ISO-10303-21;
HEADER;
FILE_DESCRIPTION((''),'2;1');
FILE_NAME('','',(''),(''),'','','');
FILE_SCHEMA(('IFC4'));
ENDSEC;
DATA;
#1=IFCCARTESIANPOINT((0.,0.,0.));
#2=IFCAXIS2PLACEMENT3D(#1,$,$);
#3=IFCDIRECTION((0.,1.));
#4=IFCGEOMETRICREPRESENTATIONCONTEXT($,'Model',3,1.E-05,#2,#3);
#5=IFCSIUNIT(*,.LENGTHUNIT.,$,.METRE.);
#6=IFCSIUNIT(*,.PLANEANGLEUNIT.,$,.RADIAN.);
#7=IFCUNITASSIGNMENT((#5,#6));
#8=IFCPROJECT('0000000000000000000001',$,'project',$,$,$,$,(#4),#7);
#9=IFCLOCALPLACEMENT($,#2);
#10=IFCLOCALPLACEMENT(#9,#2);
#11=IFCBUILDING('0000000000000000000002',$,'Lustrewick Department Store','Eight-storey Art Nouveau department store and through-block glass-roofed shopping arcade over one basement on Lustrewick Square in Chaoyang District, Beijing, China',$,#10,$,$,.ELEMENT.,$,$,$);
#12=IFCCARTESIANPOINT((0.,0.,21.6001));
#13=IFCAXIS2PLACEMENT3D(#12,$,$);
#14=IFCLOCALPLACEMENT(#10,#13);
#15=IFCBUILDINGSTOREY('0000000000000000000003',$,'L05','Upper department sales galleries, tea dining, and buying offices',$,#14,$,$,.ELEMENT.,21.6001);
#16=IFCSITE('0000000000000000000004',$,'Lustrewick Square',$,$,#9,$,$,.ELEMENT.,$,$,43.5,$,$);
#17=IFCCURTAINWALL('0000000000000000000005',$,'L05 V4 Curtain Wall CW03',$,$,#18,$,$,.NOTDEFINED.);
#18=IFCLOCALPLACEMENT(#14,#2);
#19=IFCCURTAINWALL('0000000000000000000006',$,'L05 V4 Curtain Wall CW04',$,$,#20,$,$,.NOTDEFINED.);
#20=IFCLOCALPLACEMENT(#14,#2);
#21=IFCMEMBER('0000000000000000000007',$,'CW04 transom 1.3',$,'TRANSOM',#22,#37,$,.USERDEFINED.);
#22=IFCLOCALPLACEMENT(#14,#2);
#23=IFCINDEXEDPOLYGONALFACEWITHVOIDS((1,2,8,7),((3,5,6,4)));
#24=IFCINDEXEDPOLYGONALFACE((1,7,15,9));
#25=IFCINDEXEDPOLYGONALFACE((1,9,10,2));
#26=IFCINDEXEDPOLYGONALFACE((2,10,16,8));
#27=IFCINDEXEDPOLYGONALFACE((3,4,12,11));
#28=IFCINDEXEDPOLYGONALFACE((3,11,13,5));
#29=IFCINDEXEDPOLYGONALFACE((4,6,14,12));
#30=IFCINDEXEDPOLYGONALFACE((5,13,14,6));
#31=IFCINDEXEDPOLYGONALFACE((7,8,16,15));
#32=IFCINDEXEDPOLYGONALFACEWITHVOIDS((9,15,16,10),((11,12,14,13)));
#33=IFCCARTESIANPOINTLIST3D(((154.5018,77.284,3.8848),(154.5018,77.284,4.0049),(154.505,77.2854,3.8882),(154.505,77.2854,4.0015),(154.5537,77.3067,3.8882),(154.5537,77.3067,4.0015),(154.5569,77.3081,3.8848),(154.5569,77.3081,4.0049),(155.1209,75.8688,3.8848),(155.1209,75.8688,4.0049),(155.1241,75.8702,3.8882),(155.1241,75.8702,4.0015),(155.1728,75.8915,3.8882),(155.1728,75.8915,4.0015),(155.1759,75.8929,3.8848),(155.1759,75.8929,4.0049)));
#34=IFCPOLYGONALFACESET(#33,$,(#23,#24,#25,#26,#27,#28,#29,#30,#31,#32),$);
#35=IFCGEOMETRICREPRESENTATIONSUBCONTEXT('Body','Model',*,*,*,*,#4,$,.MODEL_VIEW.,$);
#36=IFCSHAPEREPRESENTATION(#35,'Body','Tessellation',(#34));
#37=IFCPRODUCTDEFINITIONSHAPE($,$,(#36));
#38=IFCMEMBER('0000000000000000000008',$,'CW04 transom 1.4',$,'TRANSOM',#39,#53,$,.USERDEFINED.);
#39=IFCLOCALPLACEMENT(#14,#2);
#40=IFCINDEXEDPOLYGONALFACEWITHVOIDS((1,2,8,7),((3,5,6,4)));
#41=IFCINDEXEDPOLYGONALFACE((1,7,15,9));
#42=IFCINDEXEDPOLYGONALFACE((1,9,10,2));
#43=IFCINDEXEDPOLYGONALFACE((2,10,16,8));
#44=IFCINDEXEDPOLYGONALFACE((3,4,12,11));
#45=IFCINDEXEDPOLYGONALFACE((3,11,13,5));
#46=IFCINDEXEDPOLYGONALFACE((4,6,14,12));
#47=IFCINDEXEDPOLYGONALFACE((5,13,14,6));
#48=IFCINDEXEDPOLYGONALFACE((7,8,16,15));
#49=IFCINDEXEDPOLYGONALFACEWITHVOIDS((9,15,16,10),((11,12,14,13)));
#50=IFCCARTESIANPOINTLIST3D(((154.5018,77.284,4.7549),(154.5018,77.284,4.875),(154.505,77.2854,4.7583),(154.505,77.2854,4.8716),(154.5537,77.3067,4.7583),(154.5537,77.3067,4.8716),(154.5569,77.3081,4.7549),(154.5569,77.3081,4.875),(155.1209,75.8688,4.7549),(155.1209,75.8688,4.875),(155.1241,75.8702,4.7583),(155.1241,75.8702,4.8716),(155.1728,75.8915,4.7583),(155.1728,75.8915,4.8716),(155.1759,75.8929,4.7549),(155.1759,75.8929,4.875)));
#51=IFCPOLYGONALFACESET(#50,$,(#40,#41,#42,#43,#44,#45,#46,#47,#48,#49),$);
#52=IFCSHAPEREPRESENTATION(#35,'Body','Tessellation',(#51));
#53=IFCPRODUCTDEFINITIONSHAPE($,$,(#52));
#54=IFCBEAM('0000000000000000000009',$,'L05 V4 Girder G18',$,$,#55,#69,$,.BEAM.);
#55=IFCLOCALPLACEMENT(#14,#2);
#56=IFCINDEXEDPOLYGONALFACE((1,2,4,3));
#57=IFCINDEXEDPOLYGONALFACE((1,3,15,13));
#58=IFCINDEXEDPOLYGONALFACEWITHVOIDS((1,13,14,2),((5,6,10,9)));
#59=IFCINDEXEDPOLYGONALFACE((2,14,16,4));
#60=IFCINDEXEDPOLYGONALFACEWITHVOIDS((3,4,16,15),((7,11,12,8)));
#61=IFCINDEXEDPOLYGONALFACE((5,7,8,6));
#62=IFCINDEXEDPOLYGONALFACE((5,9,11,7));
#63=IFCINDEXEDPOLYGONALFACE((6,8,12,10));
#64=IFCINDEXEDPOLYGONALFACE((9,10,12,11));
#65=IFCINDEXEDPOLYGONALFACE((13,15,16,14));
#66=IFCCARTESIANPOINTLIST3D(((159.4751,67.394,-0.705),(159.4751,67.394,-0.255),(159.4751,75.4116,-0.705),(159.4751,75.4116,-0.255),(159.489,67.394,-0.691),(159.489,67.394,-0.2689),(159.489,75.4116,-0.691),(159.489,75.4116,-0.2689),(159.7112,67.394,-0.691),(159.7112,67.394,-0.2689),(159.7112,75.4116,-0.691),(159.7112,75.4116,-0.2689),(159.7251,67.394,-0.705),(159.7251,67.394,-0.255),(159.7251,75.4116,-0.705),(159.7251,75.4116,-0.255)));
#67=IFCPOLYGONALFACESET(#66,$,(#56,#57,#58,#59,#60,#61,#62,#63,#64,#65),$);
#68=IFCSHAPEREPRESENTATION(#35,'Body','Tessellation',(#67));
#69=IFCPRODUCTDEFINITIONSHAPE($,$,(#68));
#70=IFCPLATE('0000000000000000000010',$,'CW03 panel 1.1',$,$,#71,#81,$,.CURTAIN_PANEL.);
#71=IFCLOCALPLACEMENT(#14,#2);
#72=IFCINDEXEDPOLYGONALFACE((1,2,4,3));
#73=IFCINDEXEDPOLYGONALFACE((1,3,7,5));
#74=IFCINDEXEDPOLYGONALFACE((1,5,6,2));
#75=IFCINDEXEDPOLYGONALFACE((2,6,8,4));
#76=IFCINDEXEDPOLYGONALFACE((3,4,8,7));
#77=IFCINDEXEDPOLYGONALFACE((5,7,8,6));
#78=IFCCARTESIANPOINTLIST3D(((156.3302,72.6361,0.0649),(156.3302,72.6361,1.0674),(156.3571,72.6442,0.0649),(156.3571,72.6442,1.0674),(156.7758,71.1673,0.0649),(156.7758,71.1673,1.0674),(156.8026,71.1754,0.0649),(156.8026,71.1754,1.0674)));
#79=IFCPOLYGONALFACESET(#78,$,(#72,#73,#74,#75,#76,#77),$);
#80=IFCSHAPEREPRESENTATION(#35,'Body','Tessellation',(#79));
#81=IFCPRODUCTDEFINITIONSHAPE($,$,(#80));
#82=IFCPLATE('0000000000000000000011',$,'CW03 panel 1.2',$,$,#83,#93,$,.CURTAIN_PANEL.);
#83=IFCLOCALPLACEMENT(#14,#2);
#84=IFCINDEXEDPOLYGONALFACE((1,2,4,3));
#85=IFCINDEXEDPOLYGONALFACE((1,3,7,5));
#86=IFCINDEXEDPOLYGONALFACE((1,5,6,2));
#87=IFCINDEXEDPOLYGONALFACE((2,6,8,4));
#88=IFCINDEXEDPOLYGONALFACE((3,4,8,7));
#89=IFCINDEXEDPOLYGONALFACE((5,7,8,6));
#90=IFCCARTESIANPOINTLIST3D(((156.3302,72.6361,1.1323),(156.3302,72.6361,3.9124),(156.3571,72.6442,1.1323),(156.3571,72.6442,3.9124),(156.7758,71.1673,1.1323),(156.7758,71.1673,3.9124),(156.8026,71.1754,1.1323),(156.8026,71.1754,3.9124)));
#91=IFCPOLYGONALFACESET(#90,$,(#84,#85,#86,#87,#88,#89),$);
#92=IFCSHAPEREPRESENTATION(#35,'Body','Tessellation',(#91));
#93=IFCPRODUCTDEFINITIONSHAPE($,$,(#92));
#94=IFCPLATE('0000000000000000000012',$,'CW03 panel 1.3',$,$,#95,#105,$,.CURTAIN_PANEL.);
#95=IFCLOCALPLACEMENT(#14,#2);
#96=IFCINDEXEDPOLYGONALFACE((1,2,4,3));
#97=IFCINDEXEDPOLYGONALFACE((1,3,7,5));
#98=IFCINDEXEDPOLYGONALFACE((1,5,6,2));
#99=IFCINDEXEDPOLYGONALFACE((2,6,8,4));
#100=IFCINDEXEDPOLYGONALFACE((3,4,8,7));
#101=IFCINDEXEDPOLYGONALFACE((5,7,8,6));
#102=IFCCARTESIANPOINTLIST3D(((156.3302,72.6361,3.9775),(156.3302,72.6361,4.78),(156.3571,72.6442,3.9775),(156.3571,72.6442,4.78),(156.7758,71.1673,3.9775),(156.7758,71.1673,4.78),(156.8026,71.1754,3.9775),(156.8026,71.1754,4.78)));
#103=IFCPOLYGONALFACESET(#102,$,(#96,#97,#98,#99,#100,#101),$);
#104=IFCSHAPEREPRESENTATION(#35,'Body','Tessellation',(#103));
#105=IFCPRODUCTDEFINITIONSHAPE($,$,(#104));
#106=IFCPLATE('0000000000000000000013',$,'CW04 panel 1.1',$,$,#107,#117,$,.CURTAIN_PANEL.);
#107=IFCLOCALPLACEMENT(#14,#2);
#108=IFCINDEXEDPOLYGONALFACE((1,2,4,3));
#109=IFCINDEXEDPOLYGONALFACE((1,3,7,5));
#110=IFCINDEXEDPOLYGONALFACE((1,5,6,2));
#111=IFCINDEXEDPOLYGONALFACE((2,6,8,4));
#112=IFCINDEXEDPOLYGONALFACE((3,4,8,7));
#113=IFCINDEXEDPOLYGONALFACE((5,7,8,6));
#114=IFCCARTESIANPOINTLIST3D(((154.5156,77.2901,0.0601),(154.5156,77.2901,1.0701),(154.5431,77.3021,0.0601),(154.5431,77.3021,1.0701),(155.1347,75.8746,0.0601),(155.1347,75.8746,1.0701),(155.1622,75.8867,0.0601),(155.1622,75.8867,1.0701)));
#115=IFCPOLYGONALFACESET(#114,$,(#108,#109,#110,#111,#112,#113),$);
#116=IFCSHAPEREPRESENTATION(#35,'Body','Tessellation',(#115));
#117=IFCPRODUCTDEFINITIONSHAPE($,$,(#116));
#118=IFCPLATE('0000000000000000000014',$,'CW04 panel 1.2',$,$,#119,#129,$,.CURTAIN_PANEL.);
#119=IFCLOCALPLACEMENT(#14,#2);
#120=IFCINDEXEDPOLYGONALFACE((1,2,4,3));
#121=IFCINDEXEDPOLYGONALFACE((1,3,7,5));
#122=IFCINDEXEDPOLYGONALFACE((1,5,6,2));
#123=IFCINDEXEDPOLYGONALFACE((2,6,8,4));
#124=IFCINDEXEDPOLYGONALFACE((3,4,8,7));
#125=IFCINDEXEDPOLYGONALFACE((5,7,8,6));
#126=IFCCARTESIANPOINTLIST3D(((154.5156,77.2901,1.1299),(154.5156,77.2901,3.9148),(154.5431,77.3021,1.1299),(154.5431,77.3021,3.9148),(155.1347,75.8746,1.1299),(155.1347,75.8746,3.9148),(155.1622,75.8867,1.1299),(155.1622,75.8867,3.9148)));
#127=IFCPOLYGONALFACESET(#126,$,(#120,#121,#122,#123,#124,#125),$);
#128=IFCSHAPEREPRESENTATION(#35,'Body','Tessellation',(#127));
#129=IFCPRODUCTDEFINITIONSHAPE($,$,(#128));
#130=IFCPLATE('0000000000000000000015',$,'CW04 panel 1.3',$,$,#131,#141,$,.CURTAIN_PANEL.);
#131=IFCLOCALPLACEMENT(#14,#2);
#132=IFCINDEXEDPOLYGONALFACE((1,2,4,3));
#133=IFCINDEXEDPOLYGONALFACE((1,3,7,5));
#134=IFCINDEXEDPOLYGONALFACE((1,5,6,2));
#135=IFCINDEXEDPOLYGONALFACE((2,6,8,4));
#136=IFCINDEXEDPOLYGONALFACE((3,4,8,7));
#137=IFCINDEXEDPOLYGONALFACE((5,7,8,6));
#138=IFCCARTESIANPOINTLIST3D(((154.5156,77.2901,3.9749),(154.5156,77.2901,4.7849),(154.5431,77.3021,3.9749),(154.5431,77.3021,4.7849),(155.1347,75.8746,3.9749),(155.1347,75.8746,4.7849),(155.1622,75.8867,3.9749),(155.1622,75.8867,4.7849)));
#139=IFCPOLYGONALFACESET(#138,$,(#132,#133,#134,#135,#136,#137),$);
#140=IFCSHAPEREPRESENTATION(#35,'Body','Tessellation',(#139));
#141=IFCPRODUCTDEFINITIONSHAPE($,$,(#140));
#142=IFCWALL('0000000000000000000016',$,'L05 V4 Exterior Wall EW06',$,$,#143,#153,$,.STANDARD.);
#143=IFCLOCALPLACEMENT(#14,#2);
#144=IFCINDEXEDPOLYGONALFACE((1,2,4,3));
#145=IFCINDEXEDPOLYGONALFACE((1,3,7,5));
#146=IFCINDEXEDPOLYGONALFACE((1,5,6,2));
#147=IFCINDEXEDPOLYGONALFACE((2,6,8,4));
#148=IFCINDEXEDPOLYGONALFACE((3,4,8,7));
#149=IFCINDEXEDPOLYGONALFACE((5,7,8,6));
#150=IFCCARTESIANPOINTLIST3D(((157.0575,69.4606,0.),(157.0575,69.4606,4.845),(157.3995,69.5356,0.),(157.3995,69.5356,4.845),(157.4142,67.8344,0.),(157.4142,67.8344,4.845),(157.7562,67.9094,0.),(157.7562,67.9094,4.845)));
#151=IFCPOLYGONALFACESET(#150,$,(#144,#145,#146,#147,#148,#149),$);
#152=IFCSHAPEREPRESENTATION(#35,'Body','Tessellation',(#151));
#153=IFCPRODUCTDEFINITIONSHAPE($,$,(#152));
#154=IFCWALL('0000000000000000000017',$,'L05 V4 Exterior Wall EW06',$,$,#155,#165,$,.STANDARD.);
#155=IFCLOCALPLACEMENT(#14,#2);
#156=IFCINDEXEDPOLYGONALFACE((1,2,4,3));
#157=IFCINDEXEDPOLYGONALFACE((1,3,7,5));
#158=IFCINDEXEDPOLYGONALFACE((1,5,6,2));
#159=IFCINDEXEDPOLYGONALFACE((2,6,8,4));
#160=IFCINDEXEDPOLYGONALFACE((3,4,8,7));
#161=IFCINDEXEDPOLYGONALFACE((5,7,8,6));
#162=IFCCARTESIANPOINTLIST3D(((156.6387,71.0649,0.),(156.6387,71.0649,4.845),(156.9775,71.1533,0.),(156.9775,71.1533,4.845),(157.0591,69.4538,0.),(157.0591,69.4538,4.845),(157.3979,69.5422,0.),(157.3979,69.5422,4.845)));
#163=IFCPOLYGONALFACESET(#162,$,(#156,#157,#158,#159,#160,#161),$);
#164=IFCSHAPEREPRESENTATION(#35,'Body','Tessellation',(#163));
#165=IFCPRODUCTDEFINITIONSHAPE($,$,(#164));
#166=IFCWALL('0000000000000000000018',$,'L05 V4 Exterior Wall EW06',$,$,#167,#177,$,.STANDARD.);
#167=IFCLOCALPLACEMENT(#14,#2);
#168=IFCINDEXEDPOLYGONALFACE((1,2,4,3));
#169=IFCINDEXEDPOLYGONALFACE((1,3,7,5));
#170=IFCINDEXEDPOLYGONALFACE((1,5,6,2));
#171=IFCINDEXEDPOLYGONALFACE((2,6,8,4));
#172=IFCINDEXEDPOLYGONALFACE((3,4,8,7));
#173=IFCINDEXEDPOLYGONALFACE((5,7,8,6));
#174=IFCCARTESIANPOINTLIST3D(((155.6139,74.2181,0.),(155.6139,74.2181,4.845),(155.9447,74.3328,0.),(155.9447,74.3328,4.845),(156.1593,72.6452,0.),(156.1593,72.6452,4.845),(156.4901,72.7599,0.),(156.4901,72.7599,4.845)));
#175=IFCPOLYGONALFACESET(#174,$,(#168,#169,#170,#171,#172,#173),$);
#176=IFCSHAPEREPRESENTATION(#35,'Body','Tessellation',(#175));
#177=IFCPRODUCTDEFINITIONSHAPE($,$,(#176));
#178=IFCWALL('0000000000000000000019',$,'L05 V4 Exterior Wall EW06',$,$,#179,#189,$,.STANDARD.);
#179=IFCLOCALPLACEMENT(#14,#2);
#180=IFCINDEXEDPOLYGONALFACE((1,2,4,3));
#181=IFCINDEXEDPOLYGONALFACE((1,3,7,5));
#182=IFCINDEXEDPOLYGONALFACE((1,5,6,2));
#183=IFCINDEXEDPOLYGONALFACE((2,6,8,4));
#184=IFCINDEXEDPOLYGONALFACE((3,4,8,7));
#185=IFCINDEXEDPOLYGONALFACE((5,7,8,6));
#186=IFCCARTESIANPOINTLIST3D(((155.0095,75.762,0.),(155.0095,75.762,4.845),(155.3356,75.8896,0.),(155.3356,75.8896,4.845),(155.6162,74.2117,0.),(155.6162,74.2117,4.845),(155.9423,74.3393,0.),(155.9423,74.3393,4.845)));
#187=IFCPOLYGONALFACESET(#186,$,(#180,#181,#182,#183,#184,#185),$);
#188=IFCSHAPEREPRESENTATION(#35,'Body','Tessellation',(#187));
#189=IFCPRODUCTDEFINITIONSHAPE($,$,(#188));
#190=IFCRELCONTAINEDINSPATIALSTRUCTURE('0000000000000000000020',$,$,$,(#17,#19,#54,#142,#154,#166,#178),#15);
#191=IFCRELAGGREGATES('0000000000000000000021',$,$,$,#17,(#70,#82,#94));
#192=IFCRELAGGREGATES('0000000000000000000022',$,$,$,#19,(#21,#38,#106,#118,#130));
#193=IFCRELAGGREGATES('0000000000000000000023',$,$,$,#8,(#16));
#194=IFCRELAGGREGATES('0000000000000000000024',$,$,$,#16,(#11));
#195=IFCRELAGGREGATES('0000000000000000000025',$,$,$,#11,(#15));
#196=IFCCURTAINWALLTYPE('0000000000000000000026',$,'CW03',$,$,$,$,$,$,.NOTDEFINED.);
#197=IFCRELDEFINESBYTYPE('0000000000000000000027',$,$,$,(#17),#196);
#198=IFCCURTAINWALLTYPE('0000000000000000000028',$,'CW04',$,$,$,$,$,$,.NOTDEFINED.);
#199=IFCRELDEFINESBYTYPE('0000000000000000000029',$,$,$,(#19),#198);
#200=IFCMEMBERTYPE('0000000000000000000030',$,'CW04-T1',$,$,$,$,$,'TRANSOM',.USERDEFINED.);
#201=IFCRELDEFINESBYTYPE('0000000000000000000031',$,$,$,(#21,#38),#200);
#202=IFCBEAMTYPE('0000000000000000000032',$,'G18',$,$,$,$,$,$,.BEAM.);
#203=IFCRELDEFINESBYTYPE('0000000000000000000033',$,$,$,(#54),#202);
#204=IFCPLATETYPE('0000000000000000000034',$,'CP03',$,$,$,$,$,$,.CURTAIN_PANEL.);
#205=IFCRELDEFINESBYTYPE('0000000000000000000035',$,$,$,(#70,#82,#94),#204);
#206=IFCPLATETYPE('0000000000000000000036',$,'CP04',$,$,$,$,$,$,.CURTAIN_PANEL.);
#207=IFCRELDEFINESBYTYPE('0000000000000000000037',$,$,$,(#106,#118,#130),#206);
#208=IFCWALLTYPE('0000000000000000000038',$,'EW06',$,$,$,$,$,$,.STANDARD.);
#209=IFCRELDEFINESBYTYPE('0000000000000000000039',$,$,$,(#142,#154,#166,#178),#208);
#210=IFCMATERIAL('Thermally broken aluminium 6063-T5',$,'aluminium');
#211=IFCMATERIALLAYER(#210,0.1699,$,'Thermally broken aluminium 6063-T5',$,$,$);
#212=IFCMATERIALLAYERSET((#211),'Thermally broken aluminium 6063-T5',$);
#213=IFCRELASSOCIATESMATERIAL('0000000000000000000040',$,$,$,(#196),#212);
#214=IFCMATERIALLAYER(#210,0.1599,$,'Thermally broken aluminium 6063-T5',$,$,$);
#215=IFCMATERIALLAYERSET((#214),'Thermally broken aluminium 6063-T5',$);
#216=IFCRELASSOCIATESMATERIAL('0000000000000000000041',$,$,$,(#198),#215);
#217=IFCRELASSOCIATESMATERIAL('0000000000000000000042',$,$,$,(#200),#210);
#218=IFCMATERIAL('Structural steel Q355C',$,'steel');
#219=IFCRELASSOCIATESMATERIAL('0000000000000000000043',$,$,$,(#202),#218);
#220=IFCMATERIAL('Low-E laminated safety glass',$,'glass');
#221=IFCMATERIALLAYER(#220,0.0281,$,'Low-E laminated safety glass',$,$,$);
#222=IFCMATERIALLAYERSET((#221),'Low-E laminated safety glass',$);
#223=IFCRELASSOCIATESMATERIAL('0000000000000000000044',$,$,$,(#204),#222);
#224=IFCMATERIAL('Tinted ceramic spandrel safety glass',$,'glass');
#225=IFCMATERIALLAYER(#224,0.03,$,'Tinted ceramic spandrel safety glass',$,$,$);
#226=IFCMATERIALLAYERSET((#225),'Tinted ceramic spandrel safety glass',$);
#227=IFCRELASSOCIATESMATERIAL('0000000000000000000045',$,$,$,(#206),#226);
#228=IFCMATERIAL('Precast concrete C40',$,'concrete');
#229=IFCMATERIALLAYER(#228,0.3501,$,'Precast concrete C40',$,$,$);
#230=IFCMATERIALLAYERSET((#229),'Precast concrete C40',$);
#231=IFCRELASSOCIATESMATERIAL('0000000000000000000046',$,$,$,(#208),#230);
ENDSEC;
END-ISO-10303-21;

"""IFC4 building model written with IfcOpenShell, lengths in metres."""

from ifc_helpers import new_model, si_unit, direction, frame, frame_2d, origin, origin_2d, place, context, subcontext, project, spatial, rectangle, hollow_rectangle, extrude, material, layer, layer_set, material_profile, profile_set, type_object, element, aggregate, save


model = new_model("IFC4")

# Units and contexts
model_context = context("Model", 3, precision=1e-05, world=origin(), true_north=direction((0.0, 1.0)))
body_context = subcontext(model_context, "Body", "Model", "MODEL_VIEW")
ifc_project = project(units=[si_unit("LENGTHUNIT", "METRE"), si_unit("PLANEANGLEUNIT", "RADIAN")], contexts=[model_context])

# Site, building, storey
site_placement = place(None, origin())
site = spatial("IfcSite", under=ifc_project, at=site_placement, Name="Lustrewick Square", CompositionType="ELEMENT", RefElevation=43.5)
building_placement = place(site_placement, origin())
building = spatial("IfcBuilding", under=site, at=building_placement, Name="Lustrewick Department Store", Description="Eight-storey Art Nouveau department store and through-block glass-roofed shopping arcade over one basement on Lustrewick Square in Chaoyang District, Beijing, China", CompositionType="ELEMENT")
storey_placement = place(building_placement, frame((0.0, 0.0, 21.6001)))
storey = spatial("IfcBuildingStorey", under=building, at=storey_placement, Name="L05", Description="Upper department sales galleries, tea dining, and buying offices", CompositionType="ELEMENT", Elevation=21.6001)

# Shared definitions
ifc_material_1 = material(Name="Thermally broken aluminium 6063-T5", Category="aluminium")

# Curtain walls, members
ifc_layer_1 = layer(ifc_material_1, 0.1699, Name="Thermally broken aluminium 6063-T5")
ifc_layer_set_1 = layer_set([ifc_layer_1], Name="Thermally broken aluminium 6063-T5")
curtain_wall_type_1 = type_object("IfcCurtainWallType", Name="CW03", PredefinedType="NOTDEFINED", material=ifc_layer_set_1)
curtain_wall_1_placement = place(storey_placement, origin())
curtain_wall_1 = element("IfcCurtainWall", 1, at=curtain_wall_1_placement, inside=storey, type_object=curtain_wall_type_1, Name="L05 V4 Curtain Wall CW03", PredefinedType="NOTDEFINED")
ifc_layer_2 = layer(ifc_material_1, 0.1599, Name="Thermally broken aluminium 6063-T5")
ifc_layer_set_2 = layer_set([ifc_layer_2], Name="Thermally broken aluminium 6063-T5")
curtain_wall_type_2 = type_object("IfcCurtainWallType", Name="CW04", PredefinedType="NOTDEFINED", material=ifc_layer_set_2)
curtain_wall_2_placement = place(storey_placement, origin())
curtain_wall_2 = element("IfcCurtainWall", 2, at=curtain_wall_2_placement, inside=storey, type_object=curtain_wall_type_2, Name="L05 V4 Curtain Wall CW04", PredefinedType="NOTDEFINED")
ifc_material_profile_1 = material_profile(ifc_material_1, hollow_rectangle(XDim=0.0601, YDim=0.1201, WallThickness=0.0034, at=origin_2d()), Name="ALU-T 60x120x3.5")
ifc_profile_set_1 = profile_set([ifc_material_profile_1], Name="Thermally broken aluminium 6063-T5")
member_type_1 = type_object("IfcMemberType", Name="CW04-T1", ElementType="TRANSOM", PredefinedType="USERDEFINED", material=ifc_profile_set_1)
member_1_placement = place(storey_placement, frame((155.1484, 75.8809, 3.9448), z_axis=(-0.400794, 0.916168, 0.0), x_axis=(-0.916168, -0.400794, 0.0)))
member_1 = element("IfcMember", 3, at=member_1_placement, type_object=member_type_1, Name="CW04 transom 1.3", ObjectType="TRANSOM", PredefinedType="USERDEFINED", context=body_context, shape_type="SweptSolid", body=[
    extrude(hollow_rectangle(XDim=0.0601, YDim=0.1201, WallThickness=0.0034, at=origin_2d()), origin(), (0.0, 0.0, 1.0), 1.5447),
])
member_2_placement = place(storey_placement, frame((155.1484, 75.8809, 4.8149), z_axis=(-0.400794, 0.916168, 0.0), x_axis=(-0.916168, -0.400794, 0.0)))
member_2 = element("IfcMember", 4, at=member_2_placement, type_object=member_type_1, Name="CW04 transom 1.4", ObjectType="TRANSOM", PredefinedType="USERDEFINED", context=body_context, shape_type="SweptSolid", body=[
    extrude(hollow_rectangle(XDim=0.0601, YDim=0.1201, WallThickness=0.0034, at=origin_2d()), origin(), (0.0, 0.0, 1.0), 1.5447),
])

# Beam
ifc_material_2 = material(Name="Structural steel Q355C", Category="steel")
ifc_material_profile_2 = material_profile(ifc_material_2, hollow_rectangle(XDim=0.25, YDim=0.45, WallThickness=0.0139, at=origin_2d()), Name="RHS 450x250x14")
ifc_profile_set_2 = profile_set([ifc_material_profile_2], Name="Structural steel Q355C")
beam_type = type_object("IfcBeamType", Name="G18", PredefinedType="BEAM", material=ifc_profile_set_2)
beam_placement = place(storey_placement, frame((159.6001, 67.394, -0.48), z_axis=(0.0, 1.0, 0.0), x_axis=(-1.0, 0.0, 0.0)))
element("IfcBeam", 5, at=beam_placement, inside=storey, type_object=beam_type, Name="L05 V4 Girder G18", PredefinedType="BEAM", context=body_context, shape_type="SweptSolid", body=[
    extrude(hollow_rectangle(XDim=0.25, YDim=0.45, WallThickness=0.0139, at=origin_2d()), origin(), (0.0, 0.0, 1.0), 8.0176),
])

# Plates
ifc_material_3 = material(Name="Low-E laminated safety glass", Category="glass")
ifc_layer_3 = layer(ifc_material_3, 0.0281, Name="Low-E laminated safety glass")
ifc_layer_set_3 = layer_set([ifc_layer_3], Name="Low-E laminated safety glass")
plate_type_1 = type_object("IfcPlateType", Name="CP03", PredefinedType="CURTAIN_PANEL", material=ifc_layer_set_3)
plate_1_placement = place(storey_placement, frame((156.5664, 71.9058, 0.0649), z_axis=(0.0, 0.0, 1.0), x_axis=(-0.290289, 0.956939, 0.0)))
plate_1 = element("IfcPlate", 6, at=plate_1_placement, type_object=plate_type_1, Name="CW03 panel 1.1", PredefinedType="CURTAIN_PANEL", context=body_context, shape_type="SweptSolid", body=[
    extrude(rectangle(XDim=1.5349, YDim=0.0281, at=origin_2d()), origin(), (0.0, 0.0, 1.0), 1.0024),
])
plate_2_placement = place(storey_placement, frame((156.5664, 71.9058, 1.1323), z_axis=(0.0, 0.0, 1.0), x_axis=(-0.290289, 0.956939, 0.0)))
plate_2 = element("IfcPlate", 7, at=plate_2_placement, type_object=plate_type_1, Name="CW03 panel 1.2", PredefinedType="CURTAIN_PANEL", context=body_context, shape_type="SweptSolid", body=[
    extrude(rectangle(XDim=1.5349, YDim=0.0281, at=origin_2d()), origin(), (0.0, 0.0, 1.0), 2.78),
])
plate_3_placement = place(storey_placement, frame((156.5664, 71.9058, 3.9775), z_axis=(0.0, 0.0, 1.0), x_axis=(-0.290289, 0.956939, 0.0)))
plate_3 = element("IfcPlate", 8, at=plate_3_placement, type_object=plate_type_1, Name="CW03 panel 1.3", PredefinedType="CURTAIN_PANEL", context=body_context, shape_type="SweptSolid", body=[
    extrude(rectangle(XDim=1.5349, YDim=0.0281, at=origin_2d()), origin(), (0.0, 0.0, 1.0), 0.8025),
])
aggregate(curtain_wall_1, [plate_1, plate_2, plate_3])
ifc_material_4 = material(Name="Tinted ceramic spandrel safety glass", Category="glass")
ifc_layer_4 = layer(ifc_material_4, 0.03, Name="Tinted ceramic spandrel safety glass")
ifc_layer_set_4 = layer_set([ifc_layer_4], Name="Tinted ceramic spandrel safety glass")
plate_type_2 = type_object("IfcPlateType", Name="CP04", PredefinedType="CURTAIN_PANEL", material=ifc_layer_set_4)
plate_4_placement = place(storey_placement, frame((154.8389, 76.5884, 0.0601), z_axis=(0.0, 0.0, 1.0), x_axis=(-0.400737, 0.916193, 0.0)))
plate_4 = element("IfcPlate", 9, at=plate_4_placement, type_object=plate_type_2, Name="CW04 panel 1.1", PredefinedType="CURTAIN_PANEL", context=body_context, shape_type="SweptSolid", body=[
    extrude(rectangle(XDim=1.5449, YDim=0.03, at=origin_2d()), origin(), (0.0, 0.0, 1.0), 1.01),
])
plate_5_placement = place(storey_placement, frame((154.8389, 76.5884, 1.1299), z_axis=(0.0, 0.0, 1.0), x_axis=(-0.400737, 0.916193, 0.0)))
plate_5 = element("IfcPlate", 10, at=plate_5_placement, type_object=plate_type_2, Name="CW04 panel 1.2", PredefinedType="CURTAIN_PANEL", context=body_context, shape_type="SweptSolid", body=[
    extrude(rectangle(XDim=1.5449, YDim=0.03, at=origin_2d()), origin(), (0.0, 0.0, 1.0), 2.7849),
])
plate_6_placement = place(storey_placement, frame((154.8389, 76.5884, 3.9749), z_axis=(0.0, 0.0, 1.0), x_axis=(-0.400737, 0.916193, 0.0)))
plate_6 = element("IfcPlate", 11, at=plate_6_placement, type_object=plate_type_2, Name="CW04 panel 1.3", PredefinedType="CURTAIN_PANEL", context=body_context, shape_type="SweptSolid", body=[
    extrude(rectangle(XDim=1.5449, YDim=0.03, at=origin_2d()), origin(), (0.0, 0.0, 1.0), 0.8101),
])
aggregate(curtain_wall_2, [member_1, member_2, plate_4, plate_5, plate_6])

# Walls
ifc_material_5 = material(Name="Precast concrete C40", Category="concrete")
ifc_layer_5 = layer(ifc_material_5, 0.3501, Name="Precast concrete C40")
ifc_layer_set_5 = layer_set([ifc_layer_5], Name="Precast concrete C40")
wall_type = type_object("IfcWallType", Name="EW06", PredefinedType="STANDARD", material=ifc_layer_set_5)
wall_1_placement = place(storey_placement, frame((157.5852, 67.8718, 0.0), z_axis=(0.0, 0.0, 1.0), x_axis=(-0.214244, 0.97678, 0.0)))
element("IfcWall", 12, at=wall_1_placement, inside=storey, type_object=wall_type, Name="L05 V4 Exterior Wall EW06", PredefinedType="STANDARD", context=body_context, shape_type="SweptSolid", body=[
    extrude(rectangle(XDim=1.6648, YDim=0.3501, at=frame_2d((0.8325, 0.0))), origin(), (0.0, 0.0, 1.0), 4.845),
])
wall_2_placement = place(storey_placement, frame((157.2285, 69.498, 0.0), z_axis=(0.0, 0.0, 1.0), x_axis=(-0.252494, 0.967599, 0.0)))
element("IfcWall", 13, at=wall_2_placement, inside=storey, type_object=wall_type, Name="L05 V4 Exterior Wall EW06", PredefinedType="STANDARD", context=body_context, shape_type="SweptSolid", body=[
    extrude(rectangle(XDim=1.665, YDim=0.3501, at=frame_2d((0.8325, 0.0))), origin(), (0.0, 0.0, 1.0), 4.845),
])
for number, where, z_axis, x_axis, name in (
    (14, (156.3247, 72.7024, 0.0), (0.0, 0.0, 1.0), (-0.327599, 0.944817, 0.0), "L05 V4 Exterior Wall EW06"),
    (15, (155.7793, 74.2754, 0.0), (0.0, 0.0, 1.0), (-0.364427, 0.931232, 0.0), "L05 V4 Exterior Wall EW06"),
):
    element("IfcWall", number, at=place(storey_placement, frame(where, z_axis=z_axis, x_axis=x_axis)), inside=storey, type_object=wall_type, Name=name, PredefinedType="STANDARD", context=body_context, shape_type="SweptSolid", body=[
        extrude(rectangle(XDim=1.6648, YDim=0.3501, at=frame_2d((0.8325, 0.0))), origin(), (0.0, 0.0, 1.0), 4.845),
    ])

save(model, "model.ifc")
